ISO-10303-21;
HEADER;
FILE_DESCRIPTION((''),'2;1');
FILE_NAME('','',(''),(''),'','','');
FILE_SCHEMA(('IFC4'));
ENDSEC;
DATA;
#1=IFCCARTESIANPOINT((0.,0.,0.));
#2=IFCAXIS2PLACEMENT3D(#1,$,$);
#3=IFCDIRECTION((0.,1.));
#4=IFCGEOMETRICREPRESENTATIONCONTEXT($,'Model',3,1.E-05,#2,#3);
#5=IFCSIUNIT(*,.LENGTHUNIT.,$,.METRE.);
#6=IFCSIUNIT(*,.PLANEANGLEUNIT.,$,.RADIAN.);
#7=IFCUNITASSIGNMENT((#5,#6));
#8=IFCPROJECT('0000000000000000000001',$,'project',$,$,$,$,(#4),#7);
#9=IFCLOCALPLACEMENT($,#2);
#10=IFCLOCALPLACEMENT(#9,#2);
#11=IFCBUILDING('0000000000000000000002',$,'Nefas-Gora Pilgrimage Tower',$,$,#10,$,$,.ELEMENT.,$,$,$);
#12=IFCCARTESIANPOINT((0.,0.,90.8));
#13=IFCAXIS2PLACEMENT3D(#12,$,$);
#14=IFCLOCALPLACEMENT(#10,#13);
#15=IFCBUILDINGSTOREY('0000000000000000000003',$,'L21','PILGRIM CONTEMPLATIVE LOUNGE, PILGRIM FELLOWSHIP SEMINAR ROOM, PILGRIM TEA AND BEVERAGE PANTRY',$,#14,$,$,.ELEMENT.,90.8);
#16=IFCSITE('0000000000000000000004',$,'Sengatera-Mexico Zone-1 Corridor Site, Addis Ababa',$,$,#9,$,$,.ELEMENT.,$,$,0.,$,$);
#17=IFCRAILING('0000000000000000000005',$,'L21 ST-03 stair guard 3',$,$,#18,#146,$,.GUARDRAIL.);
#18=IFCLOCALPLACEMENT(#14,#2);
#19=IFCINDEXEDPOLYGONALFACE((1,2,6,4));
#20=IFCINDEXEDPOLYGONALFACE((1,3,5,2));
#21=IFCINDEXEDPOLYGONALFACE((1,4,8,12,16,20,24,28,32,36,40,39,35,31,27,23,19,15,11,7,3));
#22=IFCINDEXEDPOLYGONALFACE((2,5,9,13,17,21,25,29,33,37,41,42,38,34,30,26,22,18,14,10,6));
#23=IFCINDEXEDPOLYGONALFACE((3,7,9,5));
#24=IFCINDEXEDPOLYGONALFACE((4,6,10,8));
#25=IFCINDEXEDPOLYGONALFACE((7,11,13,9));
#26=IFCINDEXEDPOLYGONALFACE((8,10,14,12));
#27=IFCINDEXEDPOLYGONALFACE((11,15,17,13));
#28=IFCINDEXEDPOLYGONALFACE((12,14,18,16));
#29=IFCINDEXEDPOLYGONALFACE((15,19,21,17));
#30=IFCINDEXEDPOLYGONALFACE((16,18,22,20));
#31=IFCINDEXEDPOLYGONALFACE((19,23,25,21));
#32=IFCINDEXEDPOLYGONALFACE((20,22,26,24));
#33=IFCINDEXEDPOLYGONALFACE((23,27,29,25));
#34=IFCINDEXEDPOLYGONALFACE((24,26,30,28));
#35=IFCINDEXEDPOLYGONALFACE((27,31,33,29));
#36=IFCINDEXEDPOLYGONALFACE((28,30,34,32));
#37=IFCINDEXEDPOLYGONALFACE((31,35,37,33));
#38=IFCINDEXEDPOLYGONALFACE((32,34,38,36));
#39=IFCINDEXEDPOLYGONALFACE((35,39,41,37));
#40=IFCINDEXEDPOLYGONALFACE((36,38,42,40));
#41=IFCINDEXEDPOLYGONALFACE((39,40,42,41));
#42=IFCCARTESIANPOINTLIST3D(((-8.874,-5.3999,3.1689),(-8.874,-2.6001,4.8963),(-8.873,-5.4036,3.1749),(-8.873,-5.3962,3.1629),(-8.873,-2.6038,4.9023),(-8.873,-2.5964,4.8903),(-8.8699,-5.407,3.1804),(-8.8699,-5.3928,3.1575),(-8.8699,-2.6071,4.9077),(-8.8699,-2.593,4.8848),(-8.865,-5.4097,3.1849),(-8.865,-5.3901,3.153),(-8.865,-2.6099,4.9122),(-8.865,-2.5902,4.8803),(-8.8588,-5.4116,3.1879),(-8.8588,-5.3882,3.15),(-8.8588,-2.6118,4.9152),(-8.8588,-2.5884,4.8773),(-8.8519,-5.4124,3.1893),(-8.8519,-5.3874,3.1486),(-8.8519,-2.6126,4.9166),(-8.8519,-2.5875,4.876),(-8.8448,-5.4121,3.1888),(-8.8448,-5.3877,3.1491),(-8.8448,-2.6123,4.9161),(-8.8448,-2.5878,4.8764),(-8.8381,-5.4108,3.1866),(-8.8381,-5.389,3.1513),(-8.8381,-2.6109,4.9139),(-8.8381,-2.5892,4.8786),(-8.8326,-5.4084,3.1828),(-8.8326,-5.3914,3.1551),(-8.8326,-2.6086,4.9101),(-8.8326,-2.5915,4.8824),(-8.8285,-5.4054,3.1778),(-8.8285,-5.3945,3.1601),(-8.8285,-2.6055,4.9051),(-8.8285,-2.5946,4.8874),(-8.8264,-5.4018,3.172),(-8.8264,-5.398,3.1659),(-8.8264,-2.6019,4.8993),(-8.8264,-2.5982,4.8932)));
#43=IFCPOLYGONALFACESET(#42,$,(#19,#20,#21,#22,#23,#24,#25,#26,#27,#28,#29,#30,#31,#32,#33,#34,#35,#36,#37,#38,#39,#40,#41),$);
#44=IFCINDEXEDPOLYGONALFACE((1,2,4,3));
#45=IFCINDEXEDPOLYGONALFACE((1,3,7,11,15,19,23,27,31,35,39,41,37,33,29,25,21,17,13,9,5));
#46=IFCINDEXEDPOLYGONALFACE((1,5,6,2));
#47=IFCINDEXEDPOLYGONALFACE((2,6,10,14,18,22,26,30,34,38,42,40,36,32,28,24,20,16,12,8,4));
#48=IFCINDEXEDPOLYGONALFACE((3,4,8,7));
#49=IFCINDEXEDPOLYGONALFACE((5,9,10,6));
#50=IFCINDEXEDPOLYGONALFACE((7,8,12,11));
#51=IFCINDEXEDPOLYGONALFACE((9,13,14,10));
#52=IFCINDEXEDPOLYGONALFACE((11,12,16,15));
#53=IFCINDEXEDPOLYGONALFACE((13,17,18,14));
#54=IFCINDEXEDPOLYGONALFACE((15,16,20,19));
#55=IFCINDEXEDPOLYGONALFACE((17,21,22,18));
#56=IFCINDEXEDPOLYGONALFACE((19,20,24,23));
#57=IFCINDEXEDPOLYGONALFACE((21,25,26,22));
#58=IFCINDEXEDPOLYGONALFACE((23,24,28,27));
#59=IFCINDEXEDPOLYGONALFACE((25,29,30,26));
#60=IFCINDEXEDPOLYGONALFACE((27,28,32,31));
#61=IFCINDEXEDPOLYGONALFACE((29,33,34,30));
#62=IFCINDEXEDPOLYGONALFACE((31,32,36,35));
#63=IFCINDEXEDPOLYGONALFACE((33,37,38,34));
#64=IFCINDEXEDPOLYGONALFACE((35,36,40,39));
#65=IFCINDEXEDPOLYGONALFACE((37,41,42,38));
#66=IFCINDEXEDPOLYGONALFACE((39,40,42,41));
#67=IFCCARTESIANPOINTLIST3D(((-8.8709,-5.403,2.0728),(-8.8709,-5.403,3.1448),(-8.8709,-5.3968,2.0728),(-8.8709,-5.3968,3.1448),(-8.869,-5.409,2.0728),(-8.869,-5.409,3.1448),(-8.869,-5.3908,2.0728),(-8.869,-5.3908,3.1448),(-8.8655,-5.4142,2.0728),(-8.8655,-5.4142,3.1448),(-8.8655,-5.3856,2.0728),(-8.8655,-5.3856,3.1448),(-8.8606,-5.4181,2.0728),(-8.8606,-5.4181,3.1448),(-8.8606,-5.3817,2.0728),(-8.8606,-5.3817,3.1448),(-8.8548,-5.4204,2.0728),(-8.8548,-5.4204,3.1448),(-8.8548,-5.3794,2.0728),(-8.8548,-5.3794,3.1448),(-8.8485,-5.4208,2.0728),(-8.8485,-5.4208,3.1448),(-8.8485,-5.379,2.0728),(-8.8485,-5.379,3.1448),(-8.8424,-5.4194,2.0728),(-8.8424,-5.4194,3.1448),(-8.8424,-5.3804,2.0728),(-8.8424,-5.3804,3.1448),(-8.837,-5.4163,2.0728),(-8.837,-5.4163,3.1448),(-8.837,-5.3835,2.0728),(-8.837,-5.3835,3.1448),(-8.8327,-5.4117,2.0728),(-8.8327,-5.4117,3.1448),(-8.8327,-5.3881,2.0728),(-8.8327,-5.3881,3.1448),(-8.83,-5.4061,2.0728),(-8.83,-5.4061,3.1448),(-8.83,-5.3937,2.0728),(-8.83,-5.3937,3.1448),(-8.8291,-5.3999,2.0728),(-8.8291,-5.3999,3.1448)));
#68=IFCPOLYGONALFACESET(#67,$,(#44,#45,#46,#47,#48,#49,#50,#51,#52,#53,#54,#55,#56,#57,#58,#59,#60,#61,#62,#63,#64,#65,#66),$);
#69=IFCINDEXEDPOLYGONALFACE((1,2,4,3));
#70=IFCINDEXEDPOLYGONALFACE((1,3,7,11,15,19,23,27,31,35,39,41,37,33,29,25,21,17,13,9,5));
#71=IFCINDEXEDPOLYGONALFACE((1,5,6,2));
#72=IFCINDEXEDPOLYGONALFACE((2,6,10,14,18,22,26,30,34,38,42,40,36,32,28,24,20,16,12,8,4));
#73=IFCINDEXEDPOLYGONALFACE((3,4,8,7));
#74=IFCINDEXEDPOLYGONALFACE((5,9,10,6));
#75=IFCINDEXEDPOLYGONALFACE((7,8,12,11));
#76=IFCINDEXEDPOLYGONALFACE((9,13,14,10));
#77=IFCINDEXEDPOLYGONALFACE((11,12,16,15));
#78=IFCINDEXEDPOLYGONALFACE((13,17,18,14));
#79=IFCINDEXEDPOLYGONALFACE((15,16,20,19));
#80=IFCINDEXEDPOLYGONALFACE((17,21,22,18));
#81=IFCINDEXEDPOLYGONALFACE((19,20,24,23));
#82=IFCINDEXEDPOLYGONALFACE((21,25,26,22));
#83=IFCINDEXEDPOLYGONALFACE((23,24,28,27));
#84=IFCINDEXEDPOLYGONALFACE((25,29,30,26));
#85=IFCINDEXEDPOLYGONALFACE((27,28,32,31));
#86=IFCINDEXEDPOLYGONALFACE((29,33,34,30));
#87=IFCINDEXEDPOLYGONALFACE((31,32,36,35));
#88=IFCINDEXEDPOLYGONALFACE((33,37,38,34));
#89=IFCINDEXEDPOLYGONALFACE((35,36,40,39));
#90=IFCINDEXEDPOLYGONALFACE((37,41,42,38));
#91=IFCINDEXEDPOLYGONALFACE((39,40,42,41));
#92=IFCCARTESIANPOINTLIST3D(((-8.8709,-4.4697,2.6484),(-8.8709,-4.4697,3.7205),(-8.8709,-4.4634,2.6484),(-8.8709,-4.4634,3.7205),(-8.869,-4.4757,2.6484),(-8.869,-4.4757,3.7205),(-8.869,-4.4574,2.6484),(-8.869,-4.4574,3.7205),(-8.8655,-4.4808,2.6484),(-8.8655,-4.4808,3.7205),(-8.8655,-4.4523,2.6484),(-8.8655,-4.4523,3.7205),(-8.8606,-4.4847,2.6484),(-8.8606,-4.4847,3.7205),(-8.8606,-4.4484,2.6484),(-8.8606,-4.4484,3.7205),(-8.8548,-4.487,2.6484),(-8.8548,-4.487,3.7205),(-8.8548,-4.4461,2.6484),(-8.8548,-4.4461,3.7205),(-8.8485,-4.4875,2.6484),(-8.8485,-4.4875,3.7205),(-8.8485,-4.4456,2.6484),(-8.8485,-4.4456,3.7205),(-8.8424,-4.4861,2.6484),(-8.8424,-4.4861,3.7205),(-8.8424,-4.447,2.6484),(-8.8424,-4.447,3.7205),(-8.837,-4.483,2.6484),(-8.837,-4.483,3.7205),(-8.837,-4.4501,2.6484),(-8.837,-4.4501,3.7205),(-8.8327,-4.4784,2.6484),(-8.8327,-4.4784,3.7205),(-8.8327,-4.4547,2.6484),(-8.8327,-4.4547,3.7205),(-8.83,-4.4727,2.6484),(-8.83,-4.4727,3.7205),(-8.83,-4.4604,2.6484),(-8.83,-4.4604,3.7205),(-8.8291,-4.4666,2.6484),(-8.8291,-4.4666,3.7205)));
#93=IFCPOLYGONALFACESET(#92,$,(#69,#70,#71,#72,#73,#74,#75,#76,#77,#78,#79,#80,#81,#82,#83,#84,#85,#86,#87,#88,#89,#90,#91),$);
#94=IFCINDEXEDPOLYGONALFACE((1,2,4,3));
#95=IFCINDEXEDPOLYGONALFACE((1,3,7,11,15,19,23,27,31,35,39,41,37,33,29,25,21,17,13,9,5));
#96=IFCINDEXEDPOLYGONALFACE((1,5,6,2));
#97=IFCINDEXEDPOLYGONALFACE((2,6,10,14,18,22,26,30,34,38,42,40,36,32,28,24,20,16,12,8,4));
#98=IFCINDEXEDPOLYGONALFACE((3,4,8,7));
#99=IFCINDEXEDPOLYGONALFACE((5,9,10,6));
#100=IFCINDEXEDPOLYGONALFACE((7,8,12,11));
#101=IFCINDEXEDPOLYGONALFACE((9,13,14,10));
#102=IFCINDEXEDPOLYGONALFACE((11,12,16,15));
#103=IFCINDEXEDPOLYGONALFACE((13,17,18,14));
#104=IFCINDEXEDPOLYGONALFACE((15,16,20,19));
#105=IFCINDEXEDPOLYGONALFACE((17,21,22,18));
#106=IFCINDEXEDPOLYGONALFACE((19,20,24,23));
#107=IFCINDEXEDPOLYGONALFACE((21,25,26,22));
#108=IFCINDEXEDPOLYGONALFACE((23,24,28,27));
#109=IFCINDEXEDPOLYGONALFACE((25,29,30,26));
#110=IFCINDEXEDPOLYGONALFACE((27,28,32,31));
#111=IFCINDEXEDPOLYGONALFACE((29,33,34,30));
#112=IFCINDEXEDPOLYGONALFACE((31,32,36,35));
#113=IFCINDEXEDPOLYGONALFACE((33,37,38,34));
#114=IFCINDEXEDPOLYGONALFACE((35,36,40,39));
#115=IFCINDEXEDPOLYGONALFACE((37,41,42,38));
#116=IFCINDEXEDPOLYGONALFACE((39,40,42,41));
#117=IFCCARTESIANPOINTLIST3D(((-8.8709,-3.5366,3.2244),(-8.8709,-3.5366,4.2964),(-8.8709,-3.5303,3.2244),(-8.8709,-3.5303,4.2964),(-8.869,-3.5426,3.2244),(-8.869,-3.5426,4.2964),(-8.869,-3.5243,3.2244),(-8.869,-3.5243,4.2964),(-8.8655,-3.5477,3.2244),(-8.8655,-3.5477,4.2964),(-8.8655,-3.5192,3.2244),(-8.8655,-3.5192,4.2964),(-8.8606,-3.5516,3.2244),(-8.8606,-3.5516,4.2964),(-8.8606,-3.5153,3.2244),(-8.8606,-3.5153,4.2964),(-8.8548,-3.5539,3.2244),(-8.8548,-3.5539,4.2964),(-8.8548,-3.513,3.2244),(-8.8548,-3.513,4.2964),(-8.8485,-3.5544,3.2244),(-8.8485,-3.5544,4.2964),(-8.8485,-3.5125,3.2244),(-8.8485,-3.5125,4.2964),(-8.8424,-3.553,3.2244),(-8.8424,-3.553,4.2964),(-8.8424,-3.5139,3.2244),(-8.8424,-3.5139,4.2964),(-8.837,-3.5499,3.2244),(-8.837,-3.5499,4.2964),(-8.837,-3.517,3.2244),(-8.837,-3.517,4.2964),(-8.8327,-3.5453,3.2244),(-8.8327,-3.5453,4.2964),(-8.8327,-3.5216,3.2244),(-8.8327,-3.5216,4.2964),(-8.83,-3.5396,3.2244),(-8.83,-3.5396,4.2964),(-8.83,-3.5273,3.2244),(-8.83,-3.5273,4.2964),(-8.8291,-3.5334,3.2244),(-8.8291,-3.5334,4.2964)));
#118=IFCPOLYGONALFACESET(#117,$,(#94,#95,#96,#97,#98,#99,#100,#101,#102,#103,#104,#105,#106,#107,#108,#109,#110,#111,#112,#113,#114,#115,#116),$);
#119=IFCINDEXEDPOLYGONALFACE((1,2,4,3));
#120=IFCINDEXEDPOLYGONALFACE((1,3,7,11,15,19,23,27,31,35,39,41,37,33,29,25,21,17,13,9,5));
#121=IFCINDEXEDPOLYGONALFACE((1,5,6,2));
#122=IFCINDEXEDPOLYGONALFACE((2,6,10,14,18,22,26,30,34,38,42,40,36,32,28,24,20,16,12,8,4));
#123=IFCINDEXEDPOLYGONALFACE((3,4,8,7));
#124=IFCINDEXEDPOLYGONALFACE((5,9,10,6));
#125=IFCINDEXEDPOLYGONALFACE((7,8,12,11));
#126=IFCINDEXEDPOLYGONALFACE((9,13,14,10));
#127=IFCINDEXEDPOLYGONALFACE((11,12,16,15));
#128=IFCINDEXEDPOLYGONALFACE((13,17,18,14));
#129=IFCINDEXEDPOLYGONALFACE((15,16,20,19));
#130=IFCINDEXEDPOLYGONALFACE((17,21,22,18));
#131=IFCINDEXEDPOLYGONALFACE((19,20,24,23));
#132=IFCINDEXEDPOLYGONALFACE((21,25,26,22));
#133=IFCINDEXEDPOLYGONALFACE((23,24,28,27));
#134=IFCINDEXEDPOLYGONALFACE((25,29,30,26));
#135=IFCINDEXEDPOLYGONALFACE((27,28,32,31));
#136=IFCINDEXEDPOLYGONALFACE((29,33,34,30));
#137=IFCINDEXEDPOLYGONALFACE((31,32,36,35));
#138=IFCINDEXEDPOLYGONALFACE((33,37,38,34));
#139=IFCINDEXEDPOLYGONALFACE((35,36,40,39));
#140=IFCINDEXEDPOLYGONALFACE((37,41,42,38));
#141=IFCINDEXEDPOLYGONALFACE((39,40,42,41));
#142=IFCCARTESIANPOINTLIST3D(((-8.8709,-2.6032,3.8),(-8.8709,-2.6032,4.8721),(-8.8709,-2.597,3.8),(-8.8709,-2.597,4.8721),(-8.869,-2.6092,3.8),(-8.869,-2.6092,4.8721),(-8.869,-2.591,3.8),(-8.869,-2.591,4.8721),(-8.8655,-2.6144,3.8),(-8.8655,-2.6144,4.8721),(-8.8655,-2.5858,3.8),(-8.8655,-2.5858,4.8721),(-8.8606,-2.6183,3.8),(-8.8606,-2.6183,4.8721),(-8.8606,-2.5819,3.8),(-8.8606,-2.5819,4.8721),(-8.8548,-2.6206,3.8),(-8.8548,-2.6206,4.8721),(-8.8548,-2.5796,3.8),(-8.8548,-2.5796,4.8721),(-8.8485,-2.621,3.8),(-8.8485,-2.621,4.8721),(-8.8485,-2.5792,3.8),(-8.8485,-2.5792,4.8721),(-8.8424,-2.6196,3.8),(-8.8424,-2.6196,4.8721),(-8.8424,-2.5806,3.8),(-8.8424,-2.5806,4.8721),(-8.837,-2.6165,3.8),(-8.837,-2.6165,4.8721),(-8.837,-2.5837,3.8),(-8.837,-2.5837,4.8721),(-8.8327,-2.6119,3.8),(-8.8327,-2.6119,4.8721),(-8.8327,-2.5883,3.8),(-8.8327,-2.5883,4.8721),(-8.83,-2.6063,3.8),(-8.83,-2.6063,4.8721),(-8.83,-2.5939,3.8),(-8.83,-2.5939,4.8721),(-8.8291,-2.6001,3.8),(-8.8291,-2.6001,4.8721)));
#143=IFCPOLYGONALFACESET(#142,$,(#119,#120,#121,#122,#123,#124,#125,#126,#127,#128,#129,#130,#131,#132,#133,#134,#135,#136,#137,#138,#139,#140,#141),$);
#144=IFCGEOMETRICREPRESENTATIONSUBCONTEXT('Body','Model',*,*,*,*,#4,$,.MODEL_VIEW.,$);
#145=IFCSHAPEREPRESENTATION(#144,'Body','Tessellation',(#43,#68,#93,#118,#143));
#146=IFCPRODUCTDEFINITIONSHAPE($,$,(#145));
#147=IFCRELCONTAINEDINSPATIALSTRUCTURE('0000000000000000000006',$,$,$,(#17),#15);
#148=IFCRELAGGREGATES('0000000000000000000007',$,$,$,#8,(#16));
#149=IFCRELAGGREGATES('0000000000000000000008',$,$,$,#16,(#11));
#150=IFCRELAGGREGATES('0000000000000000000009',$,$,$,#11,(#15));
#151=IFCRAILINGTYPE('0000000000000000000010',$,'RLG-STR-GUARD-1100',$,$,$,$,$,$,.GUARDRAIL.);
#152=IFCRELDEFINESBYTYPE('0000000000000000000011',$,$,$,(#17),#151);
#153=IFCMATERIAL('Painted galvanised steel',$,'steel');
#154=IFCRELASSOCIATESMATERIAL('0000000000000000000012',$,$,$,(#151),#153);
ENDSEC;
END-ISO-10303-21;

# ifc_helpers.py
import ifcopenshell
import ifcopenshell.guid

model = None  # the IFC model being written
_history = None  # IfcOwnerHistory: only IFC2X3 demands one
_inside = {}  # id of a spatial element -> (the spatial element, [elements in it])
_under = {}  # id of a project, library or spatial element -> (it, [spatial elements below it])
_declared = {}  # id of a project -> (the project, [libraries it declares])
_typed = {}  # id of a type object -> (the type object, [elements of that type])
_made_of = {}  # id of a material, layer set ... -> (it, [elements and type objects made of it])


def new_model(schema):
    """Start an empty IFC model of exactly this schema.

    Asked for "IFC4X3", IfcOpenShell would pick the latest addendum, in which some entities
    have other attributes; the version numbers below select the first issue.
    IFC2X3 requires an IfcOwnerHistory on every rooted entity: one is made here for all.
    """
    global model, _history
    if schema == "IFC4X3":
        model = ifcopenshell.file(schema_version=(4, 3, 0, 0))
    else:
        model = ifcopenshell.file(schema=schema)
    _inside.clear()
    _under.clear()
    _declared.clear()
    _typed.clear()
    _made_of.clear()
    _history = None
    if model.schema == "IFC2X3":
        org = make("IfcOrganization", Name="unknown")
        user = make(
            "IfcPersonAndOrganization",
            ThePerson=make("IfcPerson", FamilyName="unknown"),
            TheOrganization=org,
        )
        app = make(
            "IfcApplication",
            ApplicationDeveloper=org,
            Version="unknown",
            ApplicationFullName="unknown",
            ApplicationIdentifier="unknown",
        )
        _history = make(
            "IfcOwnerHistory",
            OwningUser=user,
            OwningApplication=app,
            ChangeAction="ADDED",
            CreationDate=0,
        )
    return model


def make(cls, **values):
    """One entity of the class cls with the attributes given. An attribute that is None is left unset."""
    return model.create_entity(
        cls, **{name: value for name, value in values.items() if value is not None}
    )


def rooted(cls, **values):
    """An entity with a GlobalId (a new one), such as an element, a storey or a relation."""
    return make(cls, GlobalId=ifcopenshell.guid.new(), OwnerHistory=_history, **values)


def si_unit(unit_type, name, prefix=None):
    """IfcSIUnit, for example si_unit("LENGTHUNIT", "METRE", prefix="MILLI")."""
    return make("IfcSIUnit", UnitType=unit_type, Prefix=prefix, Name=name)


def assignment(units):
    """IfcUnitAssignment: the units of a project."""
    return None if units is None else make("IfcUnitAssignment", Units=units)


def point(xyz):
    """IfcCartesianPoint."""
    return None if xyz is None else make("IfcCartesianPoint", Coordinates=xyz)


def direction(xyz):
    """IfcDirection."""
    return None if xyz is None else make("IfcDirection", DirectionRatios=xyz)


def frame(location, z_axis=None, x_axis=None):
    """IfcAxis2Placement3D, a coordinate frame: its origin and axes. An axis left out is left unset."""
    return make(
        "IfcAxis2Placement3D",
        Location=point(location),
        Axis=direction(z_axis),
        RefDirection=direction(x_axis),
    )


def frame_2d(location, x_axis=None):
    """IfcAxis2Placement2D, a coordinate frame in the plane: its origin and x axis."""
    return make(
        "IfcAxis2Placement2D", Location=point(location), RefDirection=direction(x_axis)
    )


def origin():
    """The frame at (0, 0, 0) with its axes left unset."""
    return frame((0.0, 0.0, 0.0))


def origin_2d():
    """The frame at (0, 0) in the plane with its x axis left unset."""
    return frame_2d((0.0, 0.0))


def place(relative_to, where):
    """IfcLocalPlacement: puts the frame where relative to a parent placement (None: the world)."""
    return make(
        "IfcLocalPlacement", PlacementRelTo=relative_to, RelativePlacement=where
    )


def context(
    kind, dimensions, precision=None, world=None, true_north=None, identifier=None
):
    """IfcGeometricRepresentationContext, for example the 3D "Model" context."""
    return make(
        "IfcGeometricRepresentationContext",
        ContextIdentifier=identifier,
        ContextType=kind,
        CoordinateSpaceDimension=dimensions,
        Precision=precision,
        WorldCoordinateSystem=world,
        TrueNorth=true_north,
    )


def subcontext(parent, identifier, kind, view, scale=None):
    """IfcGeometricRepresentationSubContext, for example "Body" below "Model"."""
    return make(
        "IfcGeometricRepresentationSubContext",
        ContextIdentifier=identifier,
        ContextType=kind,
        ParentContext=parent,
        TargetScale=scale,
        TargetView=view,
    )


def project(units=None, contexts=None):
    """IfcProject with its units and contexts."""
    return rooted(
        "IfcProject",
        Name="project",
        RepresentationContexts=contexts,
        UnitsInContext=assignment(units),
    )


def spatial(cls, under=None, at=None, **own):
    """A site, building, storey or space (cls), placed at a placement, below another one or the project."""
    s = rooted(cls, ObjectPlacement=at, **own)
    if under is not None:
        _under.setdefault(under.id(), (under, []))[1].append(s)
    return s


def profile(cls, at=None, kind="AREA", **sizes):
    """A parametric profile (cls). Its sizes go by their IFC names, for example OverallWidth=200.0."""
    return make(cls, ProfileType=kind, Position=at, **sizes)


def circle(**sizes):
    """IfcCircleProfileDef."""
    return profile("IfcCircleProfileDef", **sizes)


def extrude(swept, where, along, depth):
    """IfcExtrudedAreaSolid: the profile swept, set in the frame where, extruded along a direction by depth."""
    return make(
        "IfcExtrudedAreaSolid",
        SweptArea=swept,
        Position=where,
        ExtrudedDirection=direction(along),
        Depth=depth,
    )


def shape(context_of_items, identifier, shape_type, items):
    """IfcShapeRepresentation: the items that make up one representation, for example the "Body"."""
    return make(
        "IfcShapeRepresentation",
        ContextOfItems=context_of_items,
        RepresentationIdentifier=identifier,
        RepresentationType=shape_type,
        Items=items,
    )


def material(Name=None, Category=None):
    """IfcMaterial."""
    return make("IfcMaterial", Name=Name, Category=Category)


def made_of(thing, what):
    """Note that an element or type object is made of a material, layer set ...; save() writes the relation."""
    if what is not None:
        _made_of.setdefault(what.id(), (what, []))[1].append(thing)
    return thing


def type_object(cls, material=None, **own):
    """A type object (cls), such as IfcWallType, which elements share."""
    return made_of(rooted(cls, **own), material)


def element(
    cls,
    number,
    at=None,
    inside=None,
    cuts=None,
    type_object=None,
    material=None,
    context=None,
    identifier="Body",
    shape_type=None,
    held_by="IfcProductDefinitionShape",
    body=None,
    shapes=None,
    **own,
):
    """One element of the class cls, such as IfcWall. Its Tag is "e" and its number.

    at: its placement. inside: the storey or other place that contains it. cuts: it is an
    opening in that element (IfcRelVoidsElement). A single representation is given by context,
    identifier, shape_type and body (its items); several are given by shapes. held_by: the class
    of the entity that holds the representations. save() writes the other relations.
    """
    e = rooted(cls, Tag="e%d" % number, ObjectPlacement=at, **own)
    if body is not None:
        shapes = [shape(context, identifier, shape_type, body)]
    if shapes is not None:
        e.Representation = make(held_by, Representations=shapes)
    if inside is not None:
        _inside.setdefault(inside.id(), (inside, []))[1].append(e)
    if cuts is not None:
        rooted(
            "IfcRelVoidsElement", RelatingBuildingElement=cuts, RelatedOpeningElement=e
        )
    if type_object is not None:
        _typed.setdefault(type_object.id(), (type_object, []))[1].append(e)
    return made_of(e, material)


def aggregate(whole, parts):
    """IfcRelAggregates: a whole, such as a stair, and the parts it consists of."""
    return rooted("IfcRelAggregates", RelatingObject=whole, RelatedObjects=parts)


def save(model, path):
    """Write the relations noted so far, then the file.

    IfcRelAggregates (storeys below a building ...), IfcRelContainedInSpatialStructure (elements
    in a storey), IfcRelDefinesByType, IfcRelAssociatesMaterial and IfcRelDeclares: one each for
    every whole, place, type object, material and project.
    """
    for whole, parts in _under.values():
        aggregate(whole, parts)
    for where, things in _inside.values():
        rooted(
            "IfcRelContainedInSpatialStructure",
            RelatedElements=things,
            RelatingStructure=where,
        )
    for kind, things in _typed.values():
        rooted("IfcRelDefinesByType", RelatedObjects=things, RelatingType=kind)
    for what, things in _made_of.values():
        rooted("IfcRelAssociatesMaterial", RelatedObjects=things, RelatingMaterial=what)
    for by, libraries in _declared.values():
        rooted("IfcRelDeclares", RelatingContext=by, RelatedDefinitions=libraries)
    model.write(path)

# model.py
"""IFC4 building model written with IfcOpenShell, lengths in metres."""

from ifc_helpers import new_model, si_unit, direction, frame, origin, origin_2d, place, context, subcontext, project, spatial, circle, extrude, material, type_object, element, save


model = new_model("IFC4")

# Units and contexts
model_context = context("Model", 3, precision=1e-05, world=origin(), true_north=direction((0.0, 1.0)))
body_context = subcontext(model_context, "Body", "Model", "MODEL_VIEW")
ifc_project = project(units=[si_unit("LENGTHUNIT", "METRE"), si_unit("PLANEANGLEUNIT", "RADIAN")], contexts=[model_context])

# Site, building, storey
site_placement = place(None, origin())
site = spatial("IfcSite", under=ifc_project, at=site_placement, Name="Sengatera-Mexico Zone-1 Corridor Site, Addis Ababa", CompositionType="ELEMENT", RefElevation=0.0)
building_placement = place(site_placement, origin())
building = spatial("IfcBuilding", under=site, at=building_placement, Name="Nefas-Gora Pilgrimage Tower", CompositionType="ELEMENT")
storey_placement = place(building_placement, frame((0.0, 0.0, 90.8)))
storey = spatial("IfcBuildingStorey", under=building, at=storey_placement, Name="L21", Description="PILGRIM CONTEMPLATIVE LOUNGE, PILGRIM FELLOWSHIP SEMINAR ROOM, PILGRIM TEA AND BEVERAGE PANTRY", CompositionType="ELEMENT", Elevation=90.8)

# Railing
ifc_material_1 = material(Name="Painted galvanised steel", Category="steel")
railing_type_1 = type_object("IfcRailingType", Name="RLG-STR-GUARD-1100", PredefinedType="GUARDRAIL", material=ifc_material_1)
railing_1_placement = place(storey_placement, frame((-8.8501, -5.3999, 2.0728)))
element("IfcRailing", 1, at=railing_1_placement, inside=storey, type_object=railing_type_1, Name="L21 ST-03 stair guard 3", PredefinedType="GUARDRAIL", context=body_context, shape_type="SweptSolid", body=[
    extrude(circle(Radius=0.0239, at=origin_2d()), frame((0.0, 0.0, 1.0962), z_axis=(0.0, 0.851069, 0.525054), x_axis=(-1.0, 0.0, 0.0)), (0.0, 0.0, 1.0), 3.2898),
    extrude(circle(Radius=0.021, at=origin_2d()), origin(), (0.0, 0.0, 1.0), 1.072),
    extrude(circle(Radius=0.021, at=origin_2d()), frame((0.0, 0.9333, 0.5757)), (0.0, 0.0, 1.0), 1.072),
    extrude(circle(Radius=0.021, at=origin_2d()), frame((0.0, 1.8665, 1.1516)), (0.0, 0.0, 1.0), 1.072),
    extrude(circle(Radius=0.021, at=origin_2d()), frame((0.0, 2.7998, 1.7273)), (0.0, 0.0, 1.0), 1.072),
])

save(model, "model.ifc")
